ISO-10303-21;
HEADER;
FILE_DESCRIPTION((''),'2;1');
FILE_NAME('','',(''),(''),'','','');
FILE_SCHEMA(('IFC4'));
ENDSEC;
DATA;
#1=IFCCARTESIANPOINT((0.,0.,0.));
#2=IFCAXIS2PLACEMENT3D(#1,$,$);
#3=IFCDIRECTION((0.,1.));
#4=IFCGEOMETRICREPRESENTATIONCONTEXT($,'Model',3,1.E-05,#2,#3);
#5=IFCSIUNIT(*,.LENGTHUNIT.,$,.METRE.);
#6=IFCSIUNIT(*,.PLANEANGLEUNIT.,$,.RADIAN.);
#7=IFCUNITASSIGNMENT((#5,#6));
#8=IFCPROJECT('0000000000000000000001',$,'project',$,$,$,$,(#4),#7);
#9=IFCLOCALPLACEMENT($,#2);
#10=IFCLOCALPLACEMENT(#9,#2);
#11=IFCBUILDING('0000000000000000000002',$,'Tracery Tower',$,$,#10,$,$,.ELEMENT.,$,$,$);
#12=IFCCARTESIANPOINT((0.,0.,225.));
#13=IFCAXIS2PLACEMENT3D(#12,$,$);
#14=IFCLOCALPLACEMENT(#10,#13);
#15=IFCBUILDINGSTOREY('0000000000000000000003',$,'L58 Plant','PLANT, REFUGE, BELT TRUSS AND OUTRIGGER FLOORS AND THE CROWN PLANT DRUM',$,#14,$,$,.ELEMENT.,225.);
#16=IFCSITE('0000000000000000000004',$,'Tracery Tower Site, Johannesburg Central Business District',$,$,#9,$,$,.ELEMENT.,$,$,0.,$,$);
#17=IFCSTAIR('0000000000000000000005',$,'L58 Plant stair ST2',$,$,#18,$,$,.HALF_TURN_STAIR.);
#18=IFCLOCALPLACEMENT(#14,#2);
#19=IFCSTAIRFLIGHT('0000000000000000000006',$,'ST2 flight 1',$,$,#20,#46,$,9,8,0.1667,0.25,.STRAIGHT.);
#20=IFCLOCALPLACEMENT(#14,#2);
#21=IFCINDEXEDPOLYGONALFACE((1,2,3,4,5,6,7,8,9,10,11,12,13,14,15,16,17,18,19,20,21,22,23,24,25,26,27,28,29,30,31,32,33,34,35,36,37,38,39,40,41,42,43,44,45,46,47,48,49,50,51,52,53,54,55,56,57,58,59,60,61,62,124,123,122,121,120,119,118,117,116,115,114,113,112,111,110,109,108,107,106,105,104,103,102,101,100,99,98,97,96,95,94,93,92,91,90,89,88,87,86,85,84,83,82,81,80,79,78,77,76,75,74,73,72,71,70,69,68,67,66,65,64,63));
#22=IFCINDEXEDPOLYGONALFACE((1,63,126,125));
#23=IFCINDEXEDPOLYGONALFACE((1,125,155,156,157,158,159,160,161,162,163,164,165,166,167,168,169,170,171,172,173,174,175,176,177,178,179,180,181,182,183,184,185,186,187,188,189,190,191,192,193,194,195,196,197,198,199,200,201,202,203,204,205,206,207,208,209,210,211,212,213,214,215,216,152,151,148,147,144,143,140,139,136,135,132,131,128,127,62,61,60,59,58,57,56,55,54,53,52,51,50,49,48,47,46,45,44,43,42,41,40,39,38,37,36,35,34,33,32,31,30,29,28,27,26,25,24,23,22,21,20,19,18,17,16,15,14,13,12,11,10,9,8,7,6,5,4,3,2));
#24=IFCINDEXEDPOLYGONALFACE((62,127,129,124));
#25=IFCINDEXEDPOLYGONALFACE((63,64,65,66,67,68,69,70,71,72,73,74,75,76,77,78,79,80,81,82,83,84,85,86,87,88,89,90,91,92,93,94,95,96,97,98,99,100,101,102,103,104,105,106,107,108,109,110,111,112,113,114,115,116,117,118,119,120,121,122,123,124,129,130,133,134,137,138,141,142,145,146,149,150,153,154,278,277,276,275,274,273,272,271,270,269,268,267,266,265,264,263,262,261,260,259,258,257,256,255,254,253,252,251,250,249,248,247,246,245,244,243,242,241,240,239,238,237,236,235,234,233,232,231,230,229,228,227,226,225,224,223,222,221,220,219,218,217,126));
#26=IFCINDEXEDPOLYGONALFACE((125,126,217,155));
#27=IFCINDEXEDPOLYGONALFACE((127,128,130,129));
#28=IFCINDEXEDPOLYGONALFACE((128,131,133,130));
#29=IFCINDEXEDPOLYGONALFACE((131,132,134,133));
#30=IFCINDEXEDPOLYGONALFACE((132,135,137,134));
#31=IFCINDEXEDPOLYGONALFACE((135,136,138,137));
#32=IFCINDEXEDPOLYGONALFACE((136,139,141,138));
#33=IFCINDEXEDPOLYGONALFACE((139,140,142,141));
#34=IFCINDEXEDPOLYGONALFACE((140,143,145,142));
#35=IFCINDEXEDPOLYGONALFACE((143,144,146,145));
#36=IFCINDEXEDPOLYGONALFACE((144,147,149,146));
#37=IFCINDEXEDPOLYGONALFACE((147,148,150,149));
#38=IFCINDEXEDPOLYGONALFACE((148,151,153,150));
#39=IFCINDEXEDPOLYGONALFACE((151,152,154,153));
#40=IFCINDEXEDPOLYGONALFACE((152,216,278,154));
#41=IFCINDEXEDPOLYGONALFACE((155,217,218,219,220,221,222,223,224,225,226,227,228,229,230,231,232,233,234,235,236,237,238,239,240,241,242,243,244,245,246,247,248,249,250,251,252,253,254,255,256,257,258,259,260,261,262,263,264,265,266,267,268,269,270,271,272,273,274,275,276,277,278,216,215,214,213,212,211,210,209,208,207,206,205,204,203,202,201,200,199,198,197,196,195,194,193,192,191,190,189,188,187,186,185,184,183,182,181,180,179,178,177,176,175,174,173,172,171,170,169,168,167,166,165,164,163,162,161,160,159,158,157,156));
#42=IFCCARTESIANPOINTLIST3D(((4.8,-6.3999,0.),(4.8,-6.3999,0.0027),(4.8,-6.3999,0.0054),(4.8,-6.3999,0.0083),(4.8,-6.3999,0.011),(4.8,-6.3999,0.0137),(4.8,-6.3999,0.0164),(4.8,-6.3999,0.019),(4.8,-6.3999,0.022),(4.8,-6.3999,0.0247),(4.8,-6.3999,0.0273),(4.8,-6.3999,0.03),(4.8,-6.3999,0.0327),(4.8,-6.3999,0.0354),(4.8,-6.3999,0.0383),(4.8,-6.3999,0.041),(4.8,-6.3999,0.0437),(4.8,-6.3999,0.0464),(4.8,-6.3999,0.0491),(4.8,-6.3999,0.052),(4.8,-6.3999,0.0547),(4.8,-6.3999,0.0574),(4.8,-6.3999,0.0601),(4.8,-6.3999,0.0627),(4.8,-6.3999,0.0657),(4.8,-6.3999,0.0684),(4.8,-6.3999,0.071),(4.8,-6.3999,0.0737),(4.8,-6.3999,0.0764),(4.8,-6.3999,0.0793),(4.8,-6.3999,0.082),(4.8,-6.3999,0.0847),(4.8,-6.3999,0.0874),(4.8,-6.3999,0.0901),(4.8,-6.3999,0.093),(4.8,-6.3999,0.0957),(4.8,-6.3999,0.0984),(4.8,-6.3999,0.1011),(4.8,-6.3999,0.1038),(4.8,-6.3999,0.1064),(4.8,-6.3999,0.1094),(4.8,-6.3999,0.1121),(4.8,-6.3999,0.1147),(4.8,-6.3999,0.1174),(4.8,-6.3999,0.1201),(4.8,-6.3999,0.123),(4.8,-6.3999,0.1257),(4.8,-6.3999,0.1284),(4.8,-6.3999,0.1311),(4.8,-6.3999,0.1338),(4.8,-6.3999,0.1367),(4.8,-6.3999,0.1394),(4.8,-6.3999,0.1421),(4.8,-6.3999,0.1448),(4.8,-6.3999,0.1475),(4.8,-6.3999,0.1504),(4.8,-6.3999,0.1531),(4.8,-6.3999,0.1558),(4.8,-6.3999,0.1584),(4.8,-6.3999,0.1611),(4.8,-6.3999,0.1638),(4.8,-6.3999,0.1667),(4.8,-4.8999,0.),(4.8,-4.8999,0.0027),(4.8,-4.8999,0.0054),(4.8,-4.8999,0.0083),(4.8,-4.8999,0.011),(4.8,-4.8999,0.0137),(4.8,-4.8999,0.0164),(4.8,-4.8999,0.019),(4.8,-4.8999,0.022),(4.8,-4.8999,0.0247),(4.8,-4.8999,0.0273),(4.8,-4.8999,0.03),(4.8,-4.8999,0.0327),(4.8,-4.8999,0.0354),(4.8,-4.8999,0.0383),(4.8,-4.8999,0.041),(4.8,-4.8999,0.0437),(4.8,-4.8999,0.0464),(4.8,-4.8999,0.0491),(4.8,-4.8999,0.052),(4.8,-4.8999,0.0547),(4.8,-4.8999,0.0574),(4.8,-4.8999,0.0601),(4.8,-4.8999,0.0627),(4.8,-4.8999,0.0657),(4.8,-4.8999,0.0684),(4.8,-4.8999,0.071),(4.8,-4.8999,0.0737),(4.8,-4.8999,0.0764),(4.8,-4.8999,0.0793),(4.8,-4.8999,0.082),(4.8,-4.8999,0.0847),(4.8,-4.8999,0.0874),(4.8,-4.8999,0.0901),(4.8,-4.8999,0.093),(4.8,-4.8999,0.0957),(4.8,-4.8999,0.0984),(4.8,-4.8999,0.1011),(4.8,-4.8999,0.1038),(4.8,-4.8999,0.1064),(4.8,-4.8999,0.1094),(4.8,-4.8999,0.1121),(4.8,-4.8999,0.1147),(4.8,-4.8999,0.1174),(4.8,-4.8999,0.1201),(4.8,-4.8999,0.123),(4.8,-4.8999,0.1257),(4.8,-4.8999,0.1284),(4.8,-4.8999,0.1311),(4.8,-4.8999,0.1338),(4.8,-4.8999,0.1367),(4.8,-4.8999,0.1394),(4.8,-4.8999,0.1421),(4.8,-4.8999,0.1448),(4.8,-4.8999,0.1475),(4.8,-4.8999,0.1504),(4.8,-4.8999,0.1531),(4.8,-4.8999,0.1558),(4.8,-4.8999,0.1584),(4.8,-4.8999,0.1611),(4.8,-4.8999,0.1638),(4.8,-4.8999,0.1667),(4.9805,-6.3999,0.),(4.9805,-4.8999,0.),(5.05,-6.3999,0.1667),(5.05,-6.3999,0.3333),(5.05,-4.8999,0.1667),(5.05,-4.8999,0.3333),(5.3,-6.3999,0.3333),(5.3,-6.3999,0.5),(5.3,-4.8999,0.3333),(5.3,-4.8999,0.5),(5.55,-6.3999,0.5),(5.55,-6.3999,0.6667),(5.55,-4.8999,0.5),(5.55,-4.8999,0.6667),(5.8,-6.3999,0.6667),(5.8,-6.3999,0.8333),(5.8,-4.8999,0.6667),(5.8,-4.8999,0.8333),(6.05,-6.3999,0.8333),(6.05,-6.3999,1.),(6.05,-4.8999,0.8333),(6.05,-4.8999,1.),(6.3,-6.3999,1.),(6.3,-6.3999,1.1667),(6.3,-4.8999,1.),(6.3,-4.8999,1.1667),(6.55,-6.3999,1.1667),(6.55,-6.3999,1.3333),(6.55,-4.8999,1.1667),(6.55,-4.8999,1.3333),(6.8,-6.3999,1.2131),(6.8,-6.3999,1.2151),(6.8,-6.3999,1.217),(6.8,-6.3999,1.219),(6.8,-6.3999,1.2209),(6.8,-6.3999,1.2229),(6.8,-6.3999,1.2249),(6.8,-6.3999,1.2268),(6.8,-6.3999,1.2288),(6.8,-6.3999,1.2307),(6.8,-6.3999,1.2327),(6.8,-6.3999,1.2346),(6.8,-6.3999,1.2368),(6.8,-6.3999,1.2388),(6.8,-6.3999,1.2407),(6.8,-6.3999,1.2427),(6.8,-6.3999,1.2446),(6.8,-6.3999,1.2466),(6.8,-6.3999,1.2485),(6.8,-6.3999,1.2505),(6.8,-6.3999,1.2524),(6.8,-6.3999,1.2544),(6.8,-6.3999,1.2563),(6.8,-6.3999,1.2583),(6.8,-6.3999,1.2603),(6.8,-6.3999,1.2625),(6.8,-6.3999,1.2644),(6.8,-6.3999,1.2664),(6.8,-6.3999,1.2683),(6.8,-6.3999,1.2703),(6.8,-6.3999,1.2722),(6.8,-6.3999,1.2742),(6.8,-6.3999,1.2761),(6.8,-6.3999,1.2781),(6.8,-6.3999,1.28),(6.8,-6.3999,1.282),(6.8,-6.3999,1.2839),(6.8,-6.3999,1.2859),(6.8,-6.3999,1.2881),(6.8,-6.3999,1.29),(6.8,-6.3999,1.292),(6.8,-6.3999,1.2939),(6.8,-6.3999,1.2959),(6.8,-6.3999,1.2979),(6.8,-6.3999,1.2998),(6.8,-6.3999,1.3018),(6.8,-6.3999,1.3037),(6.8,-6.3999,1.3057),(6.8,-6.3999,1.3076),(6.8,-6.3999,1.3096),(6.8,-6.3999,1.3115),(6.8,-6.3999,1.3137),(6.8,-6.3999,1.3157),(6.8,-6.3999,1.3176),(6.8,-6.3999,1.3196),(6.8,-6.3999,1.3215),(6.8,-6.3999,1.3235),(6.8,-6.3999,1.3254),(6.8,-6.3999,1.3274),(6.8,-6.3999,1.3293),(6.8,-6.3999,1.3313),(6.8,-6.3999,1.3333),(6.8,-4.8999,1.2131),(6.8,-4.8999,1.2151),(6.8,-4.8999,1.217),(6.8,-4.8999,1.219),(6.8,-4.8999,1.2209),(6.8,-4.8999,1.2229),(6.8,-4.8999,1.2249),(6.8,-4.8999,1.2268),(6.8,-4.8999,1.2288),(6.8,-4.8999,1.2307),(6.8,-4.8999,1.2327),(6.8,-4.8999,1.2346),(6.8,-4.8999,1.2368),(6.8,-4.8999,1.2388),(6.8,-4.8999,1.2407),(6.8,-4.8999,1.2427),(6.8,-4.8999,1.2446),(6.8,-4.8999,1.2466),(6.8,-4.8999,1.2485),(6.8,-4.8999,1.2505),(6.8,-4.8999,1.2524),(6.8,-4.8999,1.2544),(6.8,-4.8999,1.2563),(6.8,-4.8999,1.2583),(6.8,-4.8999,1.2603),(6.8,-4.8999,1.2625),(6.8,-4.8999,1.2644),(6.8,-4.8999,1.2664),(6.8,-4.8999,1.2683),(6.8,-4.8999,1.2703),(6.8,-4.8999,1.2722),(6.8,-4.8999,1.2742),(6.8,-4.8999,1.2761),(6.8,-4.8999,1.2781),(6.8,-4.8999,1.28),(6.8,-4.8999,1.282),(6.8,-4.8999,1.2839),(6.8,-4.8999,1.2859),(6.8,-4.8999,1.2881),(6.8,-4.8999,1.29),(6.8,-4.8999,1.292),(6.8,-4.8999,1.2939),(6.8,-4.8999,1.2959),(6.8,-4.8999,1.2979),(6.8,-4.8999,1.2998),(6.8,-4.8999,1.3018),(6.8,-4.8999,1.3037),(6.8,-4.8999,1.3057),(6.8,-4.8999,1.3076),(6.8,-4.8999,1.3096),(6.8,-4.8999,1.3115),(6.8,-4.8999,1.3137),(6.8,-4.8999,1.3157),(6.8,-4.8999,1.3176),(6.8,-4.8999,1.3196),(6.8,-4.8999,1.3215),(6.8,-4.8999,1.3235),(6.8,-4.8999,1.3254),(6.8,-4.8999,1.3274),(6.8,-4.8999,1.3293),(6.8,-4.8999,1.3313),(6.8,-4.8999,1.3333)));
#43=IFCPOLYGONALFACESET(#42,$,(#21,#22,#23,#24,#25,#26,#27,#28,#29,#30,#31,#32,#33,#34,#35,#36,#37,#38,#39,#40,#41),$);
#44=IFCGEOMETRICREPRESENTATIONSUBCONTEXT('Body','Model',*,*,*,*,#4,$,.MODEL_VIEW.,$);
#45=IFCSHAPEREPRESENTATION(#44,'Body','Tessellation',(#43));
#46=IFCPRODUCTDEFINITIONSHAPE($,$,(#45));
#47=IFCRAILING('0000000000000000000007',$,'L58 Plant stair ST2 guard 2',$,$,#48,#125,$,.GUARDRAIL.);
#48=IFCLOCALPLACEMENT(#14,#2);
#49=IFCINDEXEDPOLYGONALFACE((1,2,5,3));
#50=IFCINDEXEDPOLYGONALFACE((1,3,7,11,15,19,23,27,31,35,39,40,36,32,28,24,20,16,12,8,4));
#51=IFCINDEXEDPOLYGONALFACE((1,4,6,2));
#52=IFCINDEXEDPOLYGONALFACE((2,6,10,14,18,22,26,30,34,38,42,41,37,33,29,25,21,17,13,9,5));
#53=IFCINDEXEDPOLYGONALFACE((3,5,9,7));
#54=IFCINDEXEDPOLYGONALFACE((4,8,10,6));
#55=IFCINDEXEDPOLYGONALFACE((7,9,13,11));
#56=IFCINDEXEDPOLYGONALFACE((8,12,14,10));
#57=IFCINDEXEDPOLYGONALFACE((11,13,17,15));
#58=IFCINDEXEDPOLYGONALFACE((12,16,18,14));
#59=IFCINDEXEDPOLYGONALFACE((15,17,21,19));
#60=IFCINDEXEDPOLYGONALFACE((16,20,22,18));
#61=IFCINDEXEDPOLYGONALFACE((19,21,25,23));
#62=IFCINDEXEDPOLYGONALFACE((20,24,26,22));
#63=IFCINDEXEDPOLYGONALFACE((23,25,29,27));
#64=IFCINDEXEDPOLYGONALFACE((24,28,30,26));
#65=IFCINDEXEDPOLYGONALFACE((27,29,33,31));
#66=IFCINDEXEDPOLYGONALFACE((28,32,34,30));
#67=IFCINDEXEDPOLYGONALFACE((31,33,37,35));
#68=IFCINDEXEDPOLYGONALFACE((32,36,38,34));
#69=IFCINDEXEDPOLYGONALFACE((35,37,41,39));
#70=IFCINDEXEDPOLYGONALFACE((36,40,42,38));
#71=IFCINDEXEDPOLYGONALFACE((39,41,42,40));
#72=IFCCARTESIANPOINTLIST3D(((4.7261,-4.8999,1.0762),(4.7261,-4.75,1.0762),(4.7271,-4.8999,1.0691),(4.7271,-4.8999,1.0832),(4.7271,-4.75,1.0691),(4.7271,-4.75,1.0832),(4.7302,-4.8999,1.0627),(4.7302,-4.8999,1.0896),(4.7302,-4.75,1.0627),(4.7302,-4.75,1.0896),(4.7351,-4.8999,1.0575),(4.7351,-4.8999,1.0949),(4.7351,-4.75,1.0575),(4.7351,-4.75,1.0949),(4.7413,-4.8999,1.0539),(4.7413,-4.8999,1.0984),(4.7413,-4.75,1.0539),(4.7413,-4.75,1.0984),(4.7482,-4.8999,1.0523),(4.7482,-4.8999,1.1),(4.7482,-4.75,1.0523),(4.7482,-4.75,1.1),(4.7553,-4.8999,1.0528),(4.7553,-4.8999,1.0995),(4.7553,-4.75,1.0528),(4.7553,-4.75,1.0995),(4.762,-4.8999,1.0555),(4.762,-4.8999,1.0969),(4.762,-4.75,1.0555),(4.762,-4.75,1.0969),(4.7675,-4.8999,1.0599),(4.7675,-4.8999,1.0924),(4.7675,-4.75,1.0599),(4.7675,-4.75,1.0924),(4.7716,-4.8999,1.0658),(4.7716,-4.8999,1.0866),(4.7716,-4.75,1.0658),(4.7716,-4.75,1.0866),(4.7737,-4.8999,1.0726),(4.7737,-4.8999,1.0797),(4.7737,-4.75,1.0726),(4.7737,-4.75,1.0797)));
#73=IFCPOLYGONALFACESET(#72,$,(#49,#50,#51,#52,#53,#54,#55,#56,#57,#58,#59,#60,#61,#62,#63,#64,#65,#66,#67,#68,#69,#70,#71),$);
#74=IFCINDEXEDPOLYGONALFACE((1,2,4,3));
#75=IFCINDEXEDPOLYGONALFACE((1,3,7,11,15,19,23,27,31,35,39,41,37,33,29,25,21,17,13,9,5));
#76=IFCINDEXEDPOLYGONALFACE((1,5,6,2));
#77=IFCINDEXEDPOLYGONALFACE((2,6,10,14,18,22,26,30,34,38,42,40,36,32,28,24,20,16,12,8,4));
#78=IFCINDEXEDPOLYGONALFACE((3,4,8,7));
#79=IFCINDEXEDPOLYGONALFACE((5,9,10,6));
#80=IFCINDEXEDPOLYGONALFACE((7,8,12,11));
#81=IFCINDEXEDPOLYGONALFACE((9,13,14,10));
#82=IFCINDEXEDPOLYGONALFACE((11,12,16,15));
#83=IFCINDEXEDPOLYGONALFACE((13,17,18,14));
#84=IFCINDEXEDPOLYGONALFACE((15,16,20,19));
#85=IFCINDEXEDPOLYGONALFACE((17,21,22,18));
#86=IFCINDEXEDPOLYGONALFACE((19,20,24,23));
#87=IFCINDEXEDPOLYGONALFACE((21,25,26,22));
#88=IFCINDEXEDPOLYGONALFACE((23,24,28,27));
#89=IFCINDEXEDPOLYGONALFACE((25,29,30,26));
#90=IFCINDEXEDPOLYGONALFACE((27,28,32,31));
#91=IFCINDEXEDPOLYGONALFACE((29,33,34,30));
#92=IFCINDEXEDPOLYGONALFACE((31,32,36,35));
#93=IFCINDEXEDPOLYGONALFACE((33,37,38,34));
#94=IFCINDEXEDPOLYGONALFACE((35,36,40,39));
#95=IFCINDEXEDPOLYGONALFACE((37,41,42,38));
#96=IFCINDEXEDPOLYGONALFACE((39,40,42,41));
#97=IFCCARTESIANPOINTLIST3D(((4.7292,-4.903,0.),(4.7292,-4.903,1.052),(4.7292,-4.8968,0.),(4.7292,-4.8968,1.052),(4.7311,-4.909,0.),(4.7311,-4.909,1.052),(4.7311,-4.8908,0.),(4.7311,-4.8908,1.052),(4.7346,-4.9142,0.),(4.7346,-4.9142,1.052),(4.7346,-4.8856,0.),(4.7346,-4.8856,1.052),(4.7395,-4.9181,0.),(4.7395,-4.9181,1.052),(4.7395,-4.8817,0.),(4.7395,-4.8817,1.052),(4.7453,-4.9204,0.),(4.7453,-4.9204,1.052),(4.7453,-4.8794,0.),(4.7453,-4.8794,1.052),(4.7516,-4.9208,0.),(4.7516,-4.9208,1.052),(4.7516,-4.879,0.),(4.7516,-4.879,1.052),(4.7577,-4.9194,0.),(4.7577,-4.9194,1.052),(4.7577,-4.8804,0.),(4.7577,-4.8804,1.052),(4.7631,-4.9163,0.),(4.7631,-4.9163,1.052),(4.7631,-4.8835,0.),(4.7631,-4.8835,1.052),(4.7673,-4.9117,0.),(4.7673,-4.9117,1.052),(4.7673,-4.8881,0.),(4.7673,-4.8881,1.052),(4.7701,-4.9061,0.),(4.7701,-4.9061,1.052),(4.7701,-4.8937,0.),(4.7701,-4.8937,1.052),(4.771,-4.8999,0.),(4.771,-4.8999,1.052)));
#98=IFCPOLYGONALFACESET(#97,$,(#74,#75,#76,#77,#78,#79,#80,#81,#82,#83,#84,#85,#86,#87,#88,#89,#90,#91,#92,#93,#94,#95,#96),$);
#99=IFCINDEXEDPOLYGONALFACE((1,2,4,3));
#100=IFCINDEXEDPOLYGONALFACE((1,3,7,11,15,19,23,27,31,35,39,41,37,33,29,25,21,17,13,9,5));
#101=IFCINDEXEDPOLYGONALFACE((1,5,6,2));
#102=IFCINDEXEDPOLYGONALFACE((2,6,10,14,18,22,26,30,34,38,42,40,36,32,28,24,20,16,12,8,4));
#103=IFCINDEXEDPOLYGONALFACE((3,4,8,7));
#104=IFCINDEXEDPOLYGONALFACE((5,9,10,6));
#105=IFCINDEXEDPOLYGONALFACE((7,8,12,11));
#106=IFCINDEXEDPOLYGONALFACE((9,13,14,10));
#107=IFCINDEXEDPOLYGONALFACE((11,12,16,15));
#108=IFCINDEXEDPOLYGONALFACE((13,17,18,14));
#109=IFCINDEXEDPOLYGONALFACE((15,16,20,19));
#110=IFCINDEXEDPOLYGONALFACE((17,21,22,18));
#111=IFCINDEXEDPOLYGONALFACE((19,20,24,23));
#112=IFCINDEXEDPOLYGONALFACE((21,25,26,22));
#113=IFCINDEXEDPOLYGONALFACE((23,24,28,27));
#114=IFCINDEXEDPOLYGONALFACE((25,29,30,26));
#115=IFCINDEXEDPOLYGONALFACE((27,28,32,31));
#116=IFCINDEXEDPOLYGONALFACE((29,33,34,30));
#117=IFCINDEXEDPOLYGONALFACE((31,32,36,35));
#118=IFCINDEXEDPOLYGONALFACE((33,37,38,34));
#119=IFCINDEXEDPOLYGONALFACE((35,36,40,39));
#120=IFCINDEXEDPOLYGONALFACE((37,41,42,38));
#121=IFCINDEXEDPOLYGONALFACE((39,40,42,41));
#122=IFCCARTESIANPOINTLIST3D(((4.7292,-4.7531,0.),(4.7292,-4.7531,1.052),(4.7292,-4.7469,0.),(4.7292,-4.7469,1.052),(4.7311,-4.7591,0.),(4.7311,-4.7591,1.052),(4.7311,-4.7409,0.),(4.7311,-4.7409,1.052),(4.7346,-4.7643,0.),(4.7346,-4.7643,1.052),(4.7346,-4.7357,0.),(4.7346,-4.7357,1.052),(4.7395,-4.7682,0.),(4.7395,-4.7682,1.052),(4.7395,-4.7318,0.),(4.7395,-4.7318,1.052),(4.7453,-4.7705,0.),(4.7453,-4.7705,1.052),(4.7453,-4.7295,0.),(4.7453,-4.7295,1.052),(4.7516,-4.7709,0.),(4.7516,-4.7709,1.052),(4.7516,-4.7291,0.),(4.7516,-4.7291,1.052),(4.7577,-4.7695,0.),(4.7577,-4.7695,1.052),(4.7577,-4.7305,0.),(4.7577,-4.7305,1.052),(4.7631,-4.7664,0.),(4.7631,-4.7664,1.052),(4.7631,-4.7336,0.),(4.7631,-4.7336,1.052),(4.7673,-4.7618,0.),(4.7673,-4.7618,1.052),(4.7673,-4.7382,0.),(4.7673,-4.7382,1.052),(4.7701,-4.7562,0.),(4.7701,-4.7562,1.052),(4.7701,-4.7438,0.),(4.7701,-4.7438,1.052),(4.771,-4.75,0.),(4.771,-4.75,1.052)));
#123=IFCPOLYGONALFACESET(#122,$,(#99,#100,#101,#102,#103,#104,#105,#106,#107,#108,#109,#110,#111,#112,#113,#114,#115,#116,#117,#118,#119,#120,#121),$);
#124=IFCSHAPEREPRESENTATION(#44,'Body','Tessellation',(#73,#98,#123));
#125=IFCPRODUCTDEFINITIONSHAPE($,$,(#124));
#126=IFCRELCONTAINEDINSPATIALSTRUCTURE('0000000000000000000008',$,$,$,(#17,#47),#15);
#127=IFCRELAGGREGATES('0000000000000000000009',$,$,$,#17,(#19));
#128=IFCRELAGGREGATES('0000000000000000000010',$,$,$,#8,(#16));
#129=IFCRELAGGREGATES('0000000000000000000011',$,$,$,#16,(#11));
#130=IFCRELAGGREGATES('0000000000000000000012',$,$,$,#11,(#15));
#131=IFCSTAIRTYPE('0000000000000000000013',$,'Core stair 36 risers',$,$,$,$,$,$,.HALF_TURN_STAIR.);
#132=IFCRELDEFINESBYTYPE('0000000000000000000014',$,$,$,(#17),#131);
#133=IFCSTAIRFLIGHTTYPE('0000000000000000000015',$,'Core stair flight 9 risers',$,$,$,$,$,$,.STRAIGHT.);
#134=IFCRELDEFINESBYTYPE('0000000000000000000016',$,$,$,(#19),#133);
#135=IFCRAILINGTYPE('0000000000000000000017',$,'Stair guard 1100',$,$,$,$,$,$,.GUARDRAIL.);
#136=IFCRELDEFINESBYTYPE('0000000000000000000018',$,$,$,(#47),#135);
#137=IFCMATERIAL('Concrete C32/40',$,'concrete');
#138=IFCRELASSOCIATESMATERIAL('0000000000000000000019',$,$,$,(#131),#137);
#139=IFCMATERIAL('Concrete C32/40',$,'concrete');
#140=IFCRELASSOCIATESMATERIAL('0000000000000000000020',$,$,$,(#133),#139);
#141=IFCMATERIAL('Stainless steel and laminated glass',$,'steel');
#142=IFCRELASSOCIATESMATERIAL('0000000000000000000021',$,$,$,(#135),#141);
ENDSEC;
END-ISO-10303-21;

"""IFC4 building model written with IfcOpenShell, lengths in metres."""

from ifc_helpers import new_model, si_unit, direction, frame, origin, origin_2d, place, context, subcontext, project, spatial, polyline, circle, outline, extrude, material, type_object, element, aggregate, save


model = new_model("IFC4")

# Units and contexts
model_context = context("Model", 3, precision=1e-05, world=origin(), true_north=direction((0.0, 1.0)))
body_context = subcontext(model_context, "Body", "Model", "MODEL_VIEW")
ifc_project = project(units=[si_unit("LENGTHUNIT", "METRE"), si_unit("PLANEANGLEUNIT", "RADIAN")], contexts=[model_context])

# Site, building, storey
site_placement = place(None, origin())
site = spatial("IfcSite", under=ifc_project, at=site_placement, Name="Tracery Tower Site, Johannesburg Central Business District", CompositionType="ELEMENT", RefElevation=0.0)
building_placement = place(site_placement, origin())
building = spatial("IfcBuilding", under=site, at=building_placement, Name="Tracery Tower", CompositionType="ELEMENT")
storey_placement = place(building_placement, frame((0.0, 0.0, 225.0)))
storey = spatial("IfcBuildingStorey", under=building, at=storey_placement, Name="L58 Plant", Description="PLANT, REFUGE, BELT TRUSS AND OUTRIGGER FLOORS AND THE CROWN PLANT DRUM", CompositionType="ELEMENT", Elevation=225.0)

# Stair, stair flight
ifc_material_1 = material(Name="Concrete C32/40", Category="concrete")
stair_type = type_object("IfcStairType", Name="Core stair 36 risers", PredefinedType="HALF_TURN_STAIR", material=ifc_material_1)
stair_placement = place(storey_placement, origin())
stair = element("IfcStair", 1, at=stair_placement, inside=storey, type_object=stair_type, Name="L58 Plant stair ST2", PredefinedType="HALF_TURN_STAIR")
ifc_material_2 = material(Name="Concrete C32/40", Category="concrete")
stair_flight_type = type_object("IfcStairFlightType", Name="Core stair flight 9 risers", PredefinedType="STRAIGHT", material=ifc_material_2)
stair_flight_1_placement = place(storey_placement, frame((4.8, -5.6499, 0.0), z_axis=(0.0, 0.0, 1.0), x_axis=(1.0, 0.0, 0.0)))
stair_flight_1 = element("IfcStairFlight", 2, at=stair_flight_1_placement, type_object=stair_flight_type, Name="ST2 flight 1", NumberOfRisers=9, NumberOfTreads=8, PredefinedType="STRAIGHT", RiserHeight=0.1667, TreadLength=0.25, context=body_context, shape_type="SweptSolid", body=[
    extrude(outline(polyline([(0.0, 0.0), (0.0, 0.0027), (0.0, 0.0054), (0.0, 0.0083), (0.0, 0.011), (0.0, 0.0137), (0.0, 0.0164), (0.0, 0.019), (0.0, 0.022), (0.0, 0.0247), (0.0, 0.0273), (0.0, 0.03), (0.0, 0.0327), (0.0, 0.0354), (0.0, 0.0383), (0.0, 0.041), (0.0, 0.0437), (0.0, 0.0464), (0.0, 0.0491), (0.0, 0.052), (0.0, 0.0547), (0.0, 0.0574), (0.0, 0.0601), (0.0, 0.0627), (0.0, 0.0657), (0.0, 0.0684), (0.0, 0.071), (0.0, 0.0737), (0.0, 0.0764), (0.0, 0.0793), (0.0, 0.082), (0.0, 0.0847), (0.0, 0.0874), (0.0, 0.0901), (0.0, 0.093), (0.0, 0.0957), (0.0, 0.0984), (0.0, 0.1011), (0.0, 0.1038), (0.0, 0.1064), (0.0, 0.1094), (0.0, 0.1121), (0.0, 0.1147), (0.0, 0.1174), (0.0, 0.1201), (0.0, 0.123), (0.0, 0.1257), (0.0, 0.1284), (0.0, 0.1311), (0.0, 0.1338), (0.0, 0.1367), (0.0, 0.1394), (0.0, 0.1421), (0.0, 0.1448), (0.0, 0.1475), (0.0, 0.1504), (0.0, 0.1531), (0.0, 0.1558), (0.0, 0.1584), (0.0, 0.1611), (0.0, 0.1638), (0.0, 0.1667), (0.25, 0.1667), (0.25, 0.3333), (0.5, 0.3333), (0.5, 0.5), (0.75, 0.5), (0.75, 0.6667), (1.0, 0.6667), (1.0, 0.8333), (1.25, 0.8333), (1.25, 1.0), (1.5, 1.0), (1.5, 1.1667), (1.75, 1.1667), (1.75, 1.3333), (2.0, 1.3333), (2.0, 1.3313), (2.0, 1.3293), (2.0, 1.3274), (2.0, 1.3254), (2.0, 1.3235), (2.0, 1.3215), (2.0, 1.3196), (2.0, 1.3176), (2.0, 1.3157), (2.0, 1.3137), (2.0, 1.3115), (2.0, 1.3096), (2.0, 1.3076), (2.0, 1.3057), (2.0, 1.3037), (2.0, 1.3018), (2.0, 1.2998), (2.0, 1.2979), (2.0, 1.2959), (2.0, 1.2939), (2.0, 1.292), (2.0, 1.29), (2.0, 1.2881), (2.0, 1.2859), (2.0, 1.2839), (2.0, 1.282), (2.0, 1.28), (2.0, 1.2781), (2.0, 1.2761), (2.0, 1.2742), (2.0, 1.2722), (2.0, 1.2703), (2.0, 1.2683), (2.0, 1.2664), (2.0, 1.2644), (2.0, 1.2625), (2.0, 1.2603), (2.0, 1.2583), (2.0, 1.2563), (2.0, 1.2544), (2.0, 1.2524), (2.0, 1.2505), (2.0, 1.2485), (2.0, 1.2466), (2.0, 1.2446), (2.0, 1.2427), (2.0, 1.2407), (2.0, 1.2388), (2.0, 1.2368), (2.0, 1.2346), (2.0, 1.2327), (2.0, 1.2307), (2.0, 1.2288), (2.0, 1.2268), (2.0, 1.2249), (2.0, 1.2229), (2.0, 1.2209), (2.0, 1.219), (2.0, 1.217), (2.0, 1.2151), (2.0, 1.2131), (0.1804, 0.0), (0.0, 0.0)])), frame((0.0, 0.75, 0.0), z_axis=(0.0, -1.0, 0.0), x_axis=(1.0, 0.0, 0.0)), (0.0, 0.0, 1.0), 1.5),
])
aggregate(stair, [stair_flight_1])

# Railing
ifc_material_3 = material(Name="Stainless steel and laminated glass", Category="steel")
railing_type_1 = type_object("IfcRailingType", Name="Stair guard 1100", PredefinedType="GUARDRAIL", material=ifc_material_3)
railing_1_placement = place(storey_placement, frame((4.75, -4.8999, 0.0)))
element("IfcRailing", 3, at=railing_1_placement, inside=storey, type_object=railing_type_1, Name="L58 Plant stair ST2 guard 2", PredefinedType="GUARDRAIL", context=body_context, shape_type="SweptSolid", body=[
    extrude(circle(Radius=0.0239, at=origin_2d()), frame((0.0, 0.0, 1.0762), z_axis=(0.0, 1.0, 0.0), x_axis=(-1.0, 0.0, 0.0)), (0.0, 0.0, 1.0), 0.1499),
    extrude(circle(Radius=0.021, at=origin_2d()), origin(), (0.0, 0.0, 1.0), 1.052),
    extrude(circle(Radius=0.021, at=origin_2d()), frame((0.0, 0.1499, 0.0)), (0.0, 0.0, 1.0), 1.052),
])

save(model, "model.ifc")
